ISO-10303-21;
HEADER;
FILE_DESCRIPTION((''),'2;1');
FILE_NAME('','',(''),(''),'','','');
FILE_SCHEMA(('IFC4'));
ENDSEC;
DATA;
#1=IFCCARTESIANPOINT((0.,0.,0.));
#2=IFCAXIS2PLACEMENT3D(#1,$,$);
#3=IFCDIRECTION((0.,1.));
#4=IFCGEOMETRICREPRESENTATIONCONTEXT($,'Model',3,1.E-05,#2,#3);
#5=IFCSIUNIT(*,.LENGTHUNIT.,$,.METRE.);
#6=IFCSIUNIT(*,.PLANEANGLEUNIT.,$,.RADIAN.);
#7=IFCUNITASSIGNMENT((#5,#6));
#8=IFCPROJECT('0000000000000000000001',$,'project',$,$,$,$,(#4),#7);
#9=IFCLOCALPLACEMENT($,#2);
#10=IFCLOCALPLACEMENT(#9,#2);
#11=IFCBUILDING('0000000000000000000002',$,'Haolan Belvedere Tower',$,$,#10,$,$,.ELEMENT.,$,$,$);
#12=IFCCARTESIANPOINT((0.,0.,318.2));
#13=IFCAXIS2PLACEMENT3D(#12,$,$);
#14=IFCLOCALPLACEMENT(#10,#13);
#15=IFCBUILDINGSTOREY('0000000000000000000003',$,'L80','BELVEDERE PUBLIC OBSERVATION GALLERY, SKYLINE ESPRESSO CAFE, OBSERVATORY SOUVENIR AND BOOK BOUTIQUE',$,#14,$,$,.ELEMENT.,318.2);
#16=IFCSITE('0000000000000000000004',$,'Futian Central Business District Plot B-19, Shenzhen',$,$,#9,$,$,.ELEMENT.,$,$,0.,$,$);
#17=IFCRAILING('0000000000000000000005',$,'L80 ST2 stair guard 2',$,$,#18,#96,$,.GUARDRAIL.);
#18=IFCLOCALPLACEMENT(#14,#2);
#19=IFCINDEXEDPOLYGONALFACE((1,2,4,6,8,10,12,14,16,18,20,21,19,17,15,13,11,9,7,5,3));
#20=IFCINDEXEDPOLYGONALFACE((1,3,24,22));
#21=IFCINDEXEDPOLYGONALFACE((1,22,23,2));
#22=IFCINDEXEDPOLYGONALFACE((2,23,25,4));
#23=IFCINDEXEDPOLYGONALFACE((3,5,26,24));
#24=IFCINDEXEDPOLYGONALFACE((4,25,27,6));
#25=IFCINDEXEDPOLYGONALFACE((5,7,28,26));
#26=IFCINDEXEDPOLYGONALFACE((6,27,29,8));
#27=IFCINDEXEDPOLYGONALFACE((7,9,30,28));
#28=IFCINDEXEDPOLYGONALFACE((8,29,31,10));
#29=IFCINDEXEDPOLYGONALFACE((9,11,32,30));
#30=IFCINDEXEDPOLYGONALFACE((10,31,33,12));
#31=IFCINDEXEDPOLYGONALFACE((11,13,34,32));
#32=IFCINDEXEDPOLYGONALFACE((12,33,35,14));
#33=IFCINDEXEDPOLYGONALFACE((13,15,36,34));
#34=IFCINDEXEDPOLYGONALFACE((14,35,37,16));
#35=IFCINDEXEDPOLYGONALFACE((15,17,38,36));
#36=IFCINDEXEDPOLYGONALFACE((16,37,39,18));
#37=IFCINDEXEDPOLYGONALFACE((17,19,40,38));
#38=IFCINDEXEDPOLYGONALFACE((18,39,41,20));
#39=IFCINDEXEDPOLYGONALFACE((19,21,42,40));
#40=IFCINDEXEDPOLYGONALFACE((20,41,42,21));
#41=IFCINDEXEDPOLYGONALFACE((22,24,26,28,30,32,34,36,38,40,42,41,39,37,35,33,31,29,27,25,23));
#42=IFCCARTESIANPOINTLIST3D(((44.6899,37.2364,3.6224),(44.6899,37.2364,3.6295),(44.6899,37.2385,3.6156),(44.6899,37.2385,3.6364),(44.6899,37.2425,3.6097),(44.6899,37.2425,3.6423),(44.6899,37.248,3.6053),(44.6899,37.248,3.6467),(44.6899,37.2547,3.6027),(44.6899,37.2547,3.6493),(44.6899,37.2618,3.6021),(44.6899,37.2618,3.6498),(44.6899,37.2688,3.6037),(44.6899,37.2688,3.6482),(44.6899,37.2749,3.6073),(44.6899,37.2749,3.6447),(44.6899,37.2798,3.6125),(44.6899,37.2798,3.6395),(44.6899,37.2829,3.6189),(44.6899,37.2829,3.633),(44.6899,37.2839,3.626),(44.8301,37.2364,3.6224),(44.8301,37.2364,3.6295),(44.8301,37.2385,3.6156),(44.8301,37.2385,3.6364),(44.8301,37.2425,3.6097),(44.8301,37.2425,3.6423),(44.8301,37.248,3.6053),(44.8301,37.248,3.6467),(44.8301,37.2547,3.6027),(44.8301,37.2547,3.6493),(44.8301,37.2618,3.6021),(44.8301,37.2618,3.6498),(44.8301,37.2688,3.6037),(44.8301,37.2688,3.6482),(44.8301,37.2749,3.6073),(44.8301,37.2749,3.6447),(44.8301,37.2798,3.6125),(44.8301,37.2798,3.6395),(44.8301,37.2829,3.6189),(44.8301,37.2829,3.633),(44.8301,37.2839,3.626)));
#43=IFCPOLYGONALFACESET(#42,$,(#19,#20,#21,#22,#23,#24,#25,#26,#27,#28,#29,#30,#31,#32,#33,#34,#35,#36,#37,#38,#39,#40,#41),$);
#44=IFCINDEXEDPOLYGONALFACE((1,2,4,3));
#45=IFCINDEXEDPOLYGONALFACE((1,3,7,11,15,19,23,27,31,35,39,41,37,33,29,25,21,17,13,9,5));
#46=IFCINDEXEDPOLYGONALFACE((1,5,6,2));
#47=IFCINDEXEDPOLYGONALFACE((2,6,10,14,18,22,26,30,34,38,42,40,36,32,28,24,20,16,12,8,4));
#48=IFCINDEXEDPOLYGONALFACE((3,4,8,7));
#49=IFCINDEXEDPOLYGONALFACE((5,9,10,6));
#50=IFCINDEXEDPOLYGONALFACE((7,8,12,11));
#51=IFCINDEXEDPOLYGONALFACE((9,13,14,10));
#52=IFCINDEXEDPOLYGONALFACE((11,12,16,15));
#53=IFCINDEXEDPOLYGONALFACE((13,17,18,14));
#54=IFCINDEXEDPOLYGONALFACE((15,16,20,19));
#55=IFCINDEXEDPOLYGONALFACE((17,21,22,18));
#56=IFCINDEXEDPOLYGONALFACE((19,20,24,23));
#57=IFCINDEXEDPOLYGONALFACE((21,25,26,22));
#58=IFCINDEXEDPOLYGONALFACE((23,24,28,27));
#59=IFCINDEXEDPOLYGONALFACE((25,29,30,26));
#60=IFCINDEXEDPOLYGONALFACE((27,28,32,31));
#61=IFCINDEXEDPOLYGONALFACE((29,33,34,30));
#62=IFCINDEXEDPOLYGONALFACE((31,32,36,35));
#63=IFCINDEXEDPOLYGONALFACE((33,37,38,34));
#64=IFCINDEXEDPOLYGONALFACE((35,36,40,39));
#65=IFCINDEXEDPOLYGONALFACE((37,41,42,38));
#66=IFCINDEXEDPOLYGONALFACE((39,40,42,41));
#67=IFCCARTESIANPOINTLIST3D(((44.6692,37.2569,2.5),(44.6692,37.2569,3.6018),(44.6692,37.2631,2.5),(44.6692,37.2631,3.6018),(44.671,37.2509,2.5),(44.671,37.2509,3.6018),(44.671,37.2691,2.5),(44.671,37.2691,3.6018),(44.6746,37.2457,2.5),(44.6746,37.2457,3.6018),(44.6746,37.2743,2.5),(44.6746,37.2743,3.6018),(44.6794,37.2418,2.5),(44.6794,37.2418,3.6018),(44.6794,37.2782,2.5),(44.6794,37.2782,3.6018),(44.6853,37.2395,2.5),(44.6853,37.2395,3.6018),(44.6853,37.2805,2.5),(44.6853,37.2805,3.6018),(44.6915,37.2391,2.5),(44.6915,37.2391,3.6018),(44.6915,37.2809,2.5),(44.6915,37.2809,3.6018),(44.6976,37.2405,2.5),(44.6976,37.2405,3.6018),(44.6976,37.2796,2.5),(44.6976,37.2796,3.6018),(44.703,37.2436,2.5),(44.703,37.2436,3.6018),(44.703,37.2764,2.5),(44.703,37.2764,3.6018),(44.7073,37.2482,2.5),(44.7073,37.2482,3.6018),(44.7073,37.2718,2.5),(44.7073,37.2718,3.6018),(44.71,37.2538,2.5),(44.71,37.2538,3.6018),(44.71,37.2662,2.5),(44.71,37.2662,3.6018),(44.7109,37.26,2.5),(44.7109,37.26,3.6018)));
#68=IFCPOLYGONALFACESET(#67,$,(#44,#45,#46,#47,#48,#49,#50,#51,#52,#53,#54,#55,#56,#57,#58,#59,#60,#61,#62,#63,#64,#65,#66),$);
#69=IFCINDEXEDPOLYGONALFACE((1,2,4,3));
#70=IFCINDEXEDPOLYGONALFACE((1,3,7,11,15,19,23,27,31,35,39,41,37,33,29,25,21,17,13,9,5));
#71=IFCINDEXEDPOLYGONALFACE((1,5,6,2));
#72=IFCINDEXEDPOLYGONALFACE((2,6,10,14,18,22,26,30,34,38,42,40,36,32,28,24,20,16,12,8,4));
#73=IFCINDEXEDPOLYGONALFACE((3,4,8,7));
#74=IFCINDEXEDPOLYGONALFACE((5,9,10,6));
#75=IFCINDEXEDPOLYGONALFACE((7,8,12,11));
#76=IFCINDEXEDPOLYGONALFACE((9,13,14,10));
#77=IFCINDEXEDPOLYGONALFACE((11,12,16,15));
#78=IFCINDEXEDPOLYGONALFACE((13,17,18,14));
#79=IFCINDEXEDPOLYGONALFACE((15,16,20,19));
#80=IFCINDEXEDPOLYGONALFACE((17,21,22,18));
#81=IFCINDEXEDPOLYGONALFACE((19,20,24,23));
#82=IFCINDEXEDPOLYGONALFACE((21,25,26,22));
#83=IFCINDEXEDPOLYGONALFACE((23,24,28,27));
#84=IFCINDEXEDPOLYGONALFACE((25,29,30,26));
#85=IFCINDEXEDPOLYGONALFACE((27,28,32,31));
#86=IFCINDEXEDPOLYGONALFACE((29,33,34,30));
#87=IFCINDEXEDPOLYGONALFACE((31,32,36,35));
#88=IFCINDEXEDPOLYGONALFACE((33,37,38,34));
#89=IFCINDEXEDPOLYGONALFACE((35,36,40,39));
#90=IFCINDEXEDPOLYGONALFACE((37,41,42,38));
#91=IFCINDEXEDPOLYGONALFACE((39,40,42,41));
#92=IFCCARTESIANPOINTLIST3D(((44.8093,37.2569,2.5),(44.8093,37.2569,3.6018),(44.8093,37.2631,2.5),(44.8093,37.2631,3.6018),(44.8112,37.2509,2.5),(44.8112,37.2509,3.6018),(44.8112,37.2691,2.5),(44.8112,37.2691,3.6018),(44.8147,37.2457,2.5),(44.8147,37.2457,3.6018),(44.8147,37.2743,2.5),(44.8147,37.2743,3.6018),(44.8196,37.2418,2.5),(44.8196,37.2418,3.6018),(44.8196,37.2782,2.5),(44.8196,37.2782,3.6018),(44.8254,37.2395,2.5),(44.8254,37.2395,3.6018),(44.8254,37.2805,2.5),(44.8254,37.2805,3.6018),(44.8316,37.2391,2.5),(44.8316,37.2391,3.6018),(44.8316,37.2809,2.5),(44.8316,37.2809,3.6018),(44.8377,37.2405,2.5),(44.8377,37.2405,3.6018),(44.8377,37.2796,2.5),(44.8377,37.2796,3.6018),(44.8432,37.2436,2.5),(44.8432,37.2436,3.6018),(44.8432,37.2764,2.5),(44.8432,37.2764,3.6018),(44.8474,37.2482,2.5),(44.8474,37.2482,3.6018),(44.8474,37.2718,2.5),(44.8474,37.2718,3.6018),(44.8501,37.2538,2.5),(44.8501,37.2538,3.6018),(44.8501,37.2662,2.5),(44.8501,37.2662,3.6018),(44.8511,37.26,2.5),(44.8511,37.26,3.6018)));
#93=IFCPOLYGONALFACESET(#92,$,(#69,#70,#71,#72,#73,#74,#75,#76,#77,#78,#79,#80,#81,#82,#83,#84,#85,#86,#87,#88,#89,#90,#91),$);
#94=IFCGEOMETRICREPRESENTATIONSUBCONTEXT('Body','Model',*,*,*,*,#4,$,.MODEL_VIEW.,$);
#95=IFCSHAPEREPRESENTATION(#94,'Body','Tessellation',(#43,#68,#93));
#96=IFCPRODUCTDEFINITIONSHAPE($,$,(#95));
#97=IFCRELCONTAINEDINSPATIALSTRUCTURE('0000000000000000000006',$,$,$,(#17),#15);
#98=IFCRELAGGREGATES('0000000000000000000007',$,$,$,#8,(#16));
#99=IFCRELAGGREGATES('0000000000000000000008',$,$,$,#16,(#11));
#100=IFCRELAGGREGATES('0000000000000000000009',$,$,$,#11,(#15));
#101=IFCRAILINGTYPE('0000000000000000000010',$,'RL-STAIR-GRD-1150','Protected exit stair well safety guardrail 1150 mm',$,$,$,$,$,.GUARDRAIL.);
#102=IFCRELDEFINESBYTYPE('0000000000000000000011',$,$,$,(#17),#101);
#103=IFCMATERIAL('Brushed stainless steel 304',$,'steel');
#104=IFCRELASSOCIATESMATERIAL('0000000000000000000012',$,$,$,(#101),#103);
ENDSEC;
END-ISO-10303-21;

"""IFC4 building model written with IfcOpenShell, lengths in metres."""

from ifc_helpers import new_model, si_unit, direction, frame, origin, origin_2d, place, context, subcontext, project, spatial, circle, extrude, material, type_object, element, save


model = new_model("IFC4")

# Units and contexts
model_context = context("Model", 3, precision=1e-05, world=origin(), true_north=direction((0.0, 1.0)))
body_context = subcontext(model_context, "Body", "Model", "MODEL_VIEW")
ifc_project = project(units=[si_unit("LENGTHUNIT", "METRE"), si_unit("PLANEANGLEUNIT", "RADIAN")], contexts=[model_context])

# Site, building, storey
site_placement = place(None, origin())
site = spatial("IfcSite", under=ifc_project, at=site_placement, Name="Futian Central Business District Plot B-19, Shenzhen", CompositionType="ELEMENT", RefElevation=0.0)
building_placement = place(site_placement, origin())
building = spatial("IfcBuilding", under=site, at=building_placement, Name="Haolan Belvedere Tower", CompositionType="ELEMENT")
storey_placement = place(building_placement, frame((0.0, 0.0, 318.2)))
storey = spatial("IfcBuildingStorey", under=building, at=storey_placement, Name="L80", Description="BELVEDERE PUBLIC OBSERVATION GALLERY, SKYLINE ESPRESSO CAFE, OBSERVATORY SOUVENIR AND BOOK BOUTIQUE", CompositionType="ELEMENT", Elevation=318.2)

# Railing
ifc_material_1 = material(Name="Brushed stainless steel 304", Category="steel")
railing_type_1 = type_object("IfcRailingType", Name="RL-STAIR-GRD-1150", Description="Protected exit stair well safety guardrail 1150 mm", PredefinedType="GUARDRAIL", material=ifc_material_1)
railing_1_placement = place(storey_placement, frame((44.6899, 37.26, 2.5)))
element("IfcRailing", 1, at=railing_1_placement, inside=storey, type_object=railing_type_1, Name="L80 ST2 stair guard 2", PredefinedType="GUARDRAIL", context=body_context, shape_type="SweptSolid", body=[
    extrude(circle(Radius=0.0239, at=origin_2d()), frame((0.0, 0.0, 1.126), z_axis=(1.0, 0.0, 0.0), x_axis=(0.0, 1.0, 0.0)), (0.0, 0.0, 1.0), 0.1401),
    extrude(circle(Radius=0.021, at=origin_2d()), origin(), (0.0, 0.0, 1.0), 1.1018),
    extrude(circle(Radius=0.021, at=origin_2d()), frame((0.1401, 0.0, 0.0)), (0.0, 0.0, 1.0), 1.1018),
])

save(model, "model.ifc")
